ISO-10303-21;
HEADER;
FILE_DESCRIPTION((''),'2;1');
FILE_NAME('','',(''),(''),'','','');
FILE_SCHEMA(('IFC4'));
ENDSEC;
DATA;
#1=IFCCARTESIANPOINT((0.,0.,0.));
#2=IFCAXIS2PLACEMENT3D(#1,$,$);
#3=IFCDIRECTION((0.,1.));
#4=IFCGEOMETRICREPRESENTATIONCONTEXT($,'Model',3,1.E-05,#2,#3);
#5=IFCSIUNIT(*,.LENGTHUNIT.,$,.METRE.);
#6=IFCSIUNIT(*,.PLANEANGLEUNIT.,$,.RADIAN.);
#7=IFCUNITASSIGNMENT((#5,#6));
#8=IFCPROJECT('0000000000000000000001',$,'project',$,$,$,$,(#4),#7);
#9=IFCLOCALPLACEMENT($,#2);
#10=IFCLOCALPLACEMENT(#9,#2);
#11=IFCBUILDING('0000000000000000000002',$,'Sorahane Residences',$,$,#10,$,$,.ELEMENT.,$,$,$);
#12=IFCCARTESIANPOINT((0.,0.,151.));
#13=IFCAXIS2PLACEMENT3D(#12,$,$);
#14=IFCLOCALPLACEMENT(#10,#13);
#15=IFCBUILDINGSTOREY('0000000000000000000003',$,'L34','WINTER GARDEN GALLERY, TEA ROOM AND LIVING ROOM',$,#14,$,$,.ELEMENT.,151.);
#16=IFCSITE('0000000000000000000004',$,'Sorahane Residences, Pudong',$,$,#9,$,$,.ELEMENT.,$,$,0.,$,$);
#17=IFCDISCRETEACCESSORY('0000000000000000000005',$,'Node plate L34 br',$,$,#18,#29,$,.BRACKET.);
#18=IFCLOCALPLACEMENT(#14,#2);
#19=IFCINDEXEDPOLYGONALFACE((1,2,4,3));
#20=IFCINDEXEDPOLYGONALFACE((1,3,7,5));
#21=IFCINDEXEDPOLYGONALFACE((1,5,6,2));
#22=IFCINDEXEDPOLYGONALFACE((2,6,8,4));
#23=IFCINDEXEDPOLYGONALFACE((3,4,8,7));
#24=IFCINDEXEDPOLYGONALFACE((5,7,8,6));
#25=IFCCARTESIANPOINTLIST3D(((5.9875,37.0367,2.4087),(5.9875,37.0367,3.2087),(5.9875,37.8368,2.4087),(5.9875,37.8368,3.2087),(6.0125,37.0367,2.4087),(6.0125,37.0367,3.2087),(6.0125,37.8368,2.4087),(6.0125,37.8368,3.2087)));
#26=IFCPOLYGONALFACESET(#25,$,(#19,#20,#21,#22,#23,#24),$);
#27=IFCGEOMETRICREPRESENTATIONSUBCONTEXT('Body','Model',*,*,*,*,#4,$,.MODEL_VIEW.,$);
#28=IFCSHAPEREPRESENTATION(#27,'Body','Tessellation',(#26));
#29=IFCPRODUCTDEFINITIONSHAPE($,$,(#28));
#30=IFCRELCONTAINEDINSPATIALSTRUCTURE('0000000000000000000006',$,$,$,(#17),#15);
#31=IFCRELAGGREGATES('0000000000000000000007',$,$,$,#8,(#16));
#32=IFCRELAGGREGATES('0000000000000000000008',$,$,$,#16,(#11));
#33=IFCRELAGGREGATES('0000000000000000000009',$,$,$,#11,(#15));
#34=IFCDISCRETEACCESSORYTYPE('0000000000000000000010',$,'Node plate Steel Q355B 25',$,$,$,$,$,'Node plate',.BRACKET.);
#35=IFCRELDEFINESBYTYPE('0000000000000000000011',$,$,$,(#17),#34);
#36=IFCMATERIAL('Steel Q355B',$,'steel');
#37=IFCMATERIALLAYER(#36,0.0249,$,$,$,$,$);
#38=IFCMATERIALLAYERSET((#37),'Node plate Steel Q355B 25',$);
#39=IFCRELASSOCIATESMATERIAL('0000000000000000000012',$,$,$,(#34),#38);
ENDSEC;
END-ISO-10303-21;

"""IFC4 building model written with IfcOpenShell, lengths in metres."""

from ifc_helpers import new_model, si_unit, direction, frame, origin, origin_2d, place, context, subcontext, project, spatial, rectangle, extrude, material, layer, layer_set, type_object, element, save


model = new_model("IFC4")

# Units and contexts
model_context = context("Model", 3, precision=1e-05, world=origin(), true_north=direction((0.0, 1.0)))
body_context = subcontext(model_context, "Body", "Model", "MODEL_VIEW")
ifc_project = project(units=[si_unit("LENGTHUNIT", "METRE"), si_unit("PLANEANGLEUNIT", "RADIAN")], contexts=[model_context])

# Site, building, storey
site_placement = place(None, origin())
site = spatial("IfcSite", under=ifc_project, at=site_placement, Name="Sorahane Residences, Pudong", CompositionType="ELEMENT", RefElevation=0.0)
building_placement = place(site_placement, origin())
building = spatial("IfcBuilding", under=site, at=building_placement, Name="Sorahane Residences", CompositionType="ELEMENT")
storey_placement = place(building_placement, frame((0.0, 0.0, 151.0)))
storey = spatial("IfcBuildingStorey", under=building, at=storey_placement, Name="L34", Description="WINTER GARDEN GALLERY, TEA ROOM AND LIVING ROOM", CompositionType="ELEMENT", Elevation=151.0)

# Discrete accessory
ifc_material_1 = material(Name="Steel Q355B", Category="steel")
ifc_layer_1 = layer(ifc_material_1, 0.0249)
ifc_layer_set_1 = layer_set([ifc_layer_1], Name="Node plate Steel Q355B 25")
discrete_accessory_type = type_object("IfcDiscreteAccessoryType", Name="Node plate Steel Q355B 25", ElementType="Node plate", PredefinedType="BRACKET", material=ifc_layer_set_1)
discrete_accessory_placement = place(storey_placement, frame((6.0, 37.4368, 2.4087), z_axis=(0.0, 0.0, 1.0), x_axis=(0.0, 1.0, 0.0)))
element("IfcDiscreteAccessory", 1, at=discrete_accessory_placement, inside=storey, type_object=discrete_accessory_type, Name="Node plate L34 br", PredefinedType="BRACKET", context=body_context, shape_type="SweptSolid", body=[
    extrude(rectangle(XDim=0.8, YDim=0.0249, at=origin_2d()), origin(), (0.0, 0.0, 1.0), 0.8),
])

save(model, "model.ifc")
